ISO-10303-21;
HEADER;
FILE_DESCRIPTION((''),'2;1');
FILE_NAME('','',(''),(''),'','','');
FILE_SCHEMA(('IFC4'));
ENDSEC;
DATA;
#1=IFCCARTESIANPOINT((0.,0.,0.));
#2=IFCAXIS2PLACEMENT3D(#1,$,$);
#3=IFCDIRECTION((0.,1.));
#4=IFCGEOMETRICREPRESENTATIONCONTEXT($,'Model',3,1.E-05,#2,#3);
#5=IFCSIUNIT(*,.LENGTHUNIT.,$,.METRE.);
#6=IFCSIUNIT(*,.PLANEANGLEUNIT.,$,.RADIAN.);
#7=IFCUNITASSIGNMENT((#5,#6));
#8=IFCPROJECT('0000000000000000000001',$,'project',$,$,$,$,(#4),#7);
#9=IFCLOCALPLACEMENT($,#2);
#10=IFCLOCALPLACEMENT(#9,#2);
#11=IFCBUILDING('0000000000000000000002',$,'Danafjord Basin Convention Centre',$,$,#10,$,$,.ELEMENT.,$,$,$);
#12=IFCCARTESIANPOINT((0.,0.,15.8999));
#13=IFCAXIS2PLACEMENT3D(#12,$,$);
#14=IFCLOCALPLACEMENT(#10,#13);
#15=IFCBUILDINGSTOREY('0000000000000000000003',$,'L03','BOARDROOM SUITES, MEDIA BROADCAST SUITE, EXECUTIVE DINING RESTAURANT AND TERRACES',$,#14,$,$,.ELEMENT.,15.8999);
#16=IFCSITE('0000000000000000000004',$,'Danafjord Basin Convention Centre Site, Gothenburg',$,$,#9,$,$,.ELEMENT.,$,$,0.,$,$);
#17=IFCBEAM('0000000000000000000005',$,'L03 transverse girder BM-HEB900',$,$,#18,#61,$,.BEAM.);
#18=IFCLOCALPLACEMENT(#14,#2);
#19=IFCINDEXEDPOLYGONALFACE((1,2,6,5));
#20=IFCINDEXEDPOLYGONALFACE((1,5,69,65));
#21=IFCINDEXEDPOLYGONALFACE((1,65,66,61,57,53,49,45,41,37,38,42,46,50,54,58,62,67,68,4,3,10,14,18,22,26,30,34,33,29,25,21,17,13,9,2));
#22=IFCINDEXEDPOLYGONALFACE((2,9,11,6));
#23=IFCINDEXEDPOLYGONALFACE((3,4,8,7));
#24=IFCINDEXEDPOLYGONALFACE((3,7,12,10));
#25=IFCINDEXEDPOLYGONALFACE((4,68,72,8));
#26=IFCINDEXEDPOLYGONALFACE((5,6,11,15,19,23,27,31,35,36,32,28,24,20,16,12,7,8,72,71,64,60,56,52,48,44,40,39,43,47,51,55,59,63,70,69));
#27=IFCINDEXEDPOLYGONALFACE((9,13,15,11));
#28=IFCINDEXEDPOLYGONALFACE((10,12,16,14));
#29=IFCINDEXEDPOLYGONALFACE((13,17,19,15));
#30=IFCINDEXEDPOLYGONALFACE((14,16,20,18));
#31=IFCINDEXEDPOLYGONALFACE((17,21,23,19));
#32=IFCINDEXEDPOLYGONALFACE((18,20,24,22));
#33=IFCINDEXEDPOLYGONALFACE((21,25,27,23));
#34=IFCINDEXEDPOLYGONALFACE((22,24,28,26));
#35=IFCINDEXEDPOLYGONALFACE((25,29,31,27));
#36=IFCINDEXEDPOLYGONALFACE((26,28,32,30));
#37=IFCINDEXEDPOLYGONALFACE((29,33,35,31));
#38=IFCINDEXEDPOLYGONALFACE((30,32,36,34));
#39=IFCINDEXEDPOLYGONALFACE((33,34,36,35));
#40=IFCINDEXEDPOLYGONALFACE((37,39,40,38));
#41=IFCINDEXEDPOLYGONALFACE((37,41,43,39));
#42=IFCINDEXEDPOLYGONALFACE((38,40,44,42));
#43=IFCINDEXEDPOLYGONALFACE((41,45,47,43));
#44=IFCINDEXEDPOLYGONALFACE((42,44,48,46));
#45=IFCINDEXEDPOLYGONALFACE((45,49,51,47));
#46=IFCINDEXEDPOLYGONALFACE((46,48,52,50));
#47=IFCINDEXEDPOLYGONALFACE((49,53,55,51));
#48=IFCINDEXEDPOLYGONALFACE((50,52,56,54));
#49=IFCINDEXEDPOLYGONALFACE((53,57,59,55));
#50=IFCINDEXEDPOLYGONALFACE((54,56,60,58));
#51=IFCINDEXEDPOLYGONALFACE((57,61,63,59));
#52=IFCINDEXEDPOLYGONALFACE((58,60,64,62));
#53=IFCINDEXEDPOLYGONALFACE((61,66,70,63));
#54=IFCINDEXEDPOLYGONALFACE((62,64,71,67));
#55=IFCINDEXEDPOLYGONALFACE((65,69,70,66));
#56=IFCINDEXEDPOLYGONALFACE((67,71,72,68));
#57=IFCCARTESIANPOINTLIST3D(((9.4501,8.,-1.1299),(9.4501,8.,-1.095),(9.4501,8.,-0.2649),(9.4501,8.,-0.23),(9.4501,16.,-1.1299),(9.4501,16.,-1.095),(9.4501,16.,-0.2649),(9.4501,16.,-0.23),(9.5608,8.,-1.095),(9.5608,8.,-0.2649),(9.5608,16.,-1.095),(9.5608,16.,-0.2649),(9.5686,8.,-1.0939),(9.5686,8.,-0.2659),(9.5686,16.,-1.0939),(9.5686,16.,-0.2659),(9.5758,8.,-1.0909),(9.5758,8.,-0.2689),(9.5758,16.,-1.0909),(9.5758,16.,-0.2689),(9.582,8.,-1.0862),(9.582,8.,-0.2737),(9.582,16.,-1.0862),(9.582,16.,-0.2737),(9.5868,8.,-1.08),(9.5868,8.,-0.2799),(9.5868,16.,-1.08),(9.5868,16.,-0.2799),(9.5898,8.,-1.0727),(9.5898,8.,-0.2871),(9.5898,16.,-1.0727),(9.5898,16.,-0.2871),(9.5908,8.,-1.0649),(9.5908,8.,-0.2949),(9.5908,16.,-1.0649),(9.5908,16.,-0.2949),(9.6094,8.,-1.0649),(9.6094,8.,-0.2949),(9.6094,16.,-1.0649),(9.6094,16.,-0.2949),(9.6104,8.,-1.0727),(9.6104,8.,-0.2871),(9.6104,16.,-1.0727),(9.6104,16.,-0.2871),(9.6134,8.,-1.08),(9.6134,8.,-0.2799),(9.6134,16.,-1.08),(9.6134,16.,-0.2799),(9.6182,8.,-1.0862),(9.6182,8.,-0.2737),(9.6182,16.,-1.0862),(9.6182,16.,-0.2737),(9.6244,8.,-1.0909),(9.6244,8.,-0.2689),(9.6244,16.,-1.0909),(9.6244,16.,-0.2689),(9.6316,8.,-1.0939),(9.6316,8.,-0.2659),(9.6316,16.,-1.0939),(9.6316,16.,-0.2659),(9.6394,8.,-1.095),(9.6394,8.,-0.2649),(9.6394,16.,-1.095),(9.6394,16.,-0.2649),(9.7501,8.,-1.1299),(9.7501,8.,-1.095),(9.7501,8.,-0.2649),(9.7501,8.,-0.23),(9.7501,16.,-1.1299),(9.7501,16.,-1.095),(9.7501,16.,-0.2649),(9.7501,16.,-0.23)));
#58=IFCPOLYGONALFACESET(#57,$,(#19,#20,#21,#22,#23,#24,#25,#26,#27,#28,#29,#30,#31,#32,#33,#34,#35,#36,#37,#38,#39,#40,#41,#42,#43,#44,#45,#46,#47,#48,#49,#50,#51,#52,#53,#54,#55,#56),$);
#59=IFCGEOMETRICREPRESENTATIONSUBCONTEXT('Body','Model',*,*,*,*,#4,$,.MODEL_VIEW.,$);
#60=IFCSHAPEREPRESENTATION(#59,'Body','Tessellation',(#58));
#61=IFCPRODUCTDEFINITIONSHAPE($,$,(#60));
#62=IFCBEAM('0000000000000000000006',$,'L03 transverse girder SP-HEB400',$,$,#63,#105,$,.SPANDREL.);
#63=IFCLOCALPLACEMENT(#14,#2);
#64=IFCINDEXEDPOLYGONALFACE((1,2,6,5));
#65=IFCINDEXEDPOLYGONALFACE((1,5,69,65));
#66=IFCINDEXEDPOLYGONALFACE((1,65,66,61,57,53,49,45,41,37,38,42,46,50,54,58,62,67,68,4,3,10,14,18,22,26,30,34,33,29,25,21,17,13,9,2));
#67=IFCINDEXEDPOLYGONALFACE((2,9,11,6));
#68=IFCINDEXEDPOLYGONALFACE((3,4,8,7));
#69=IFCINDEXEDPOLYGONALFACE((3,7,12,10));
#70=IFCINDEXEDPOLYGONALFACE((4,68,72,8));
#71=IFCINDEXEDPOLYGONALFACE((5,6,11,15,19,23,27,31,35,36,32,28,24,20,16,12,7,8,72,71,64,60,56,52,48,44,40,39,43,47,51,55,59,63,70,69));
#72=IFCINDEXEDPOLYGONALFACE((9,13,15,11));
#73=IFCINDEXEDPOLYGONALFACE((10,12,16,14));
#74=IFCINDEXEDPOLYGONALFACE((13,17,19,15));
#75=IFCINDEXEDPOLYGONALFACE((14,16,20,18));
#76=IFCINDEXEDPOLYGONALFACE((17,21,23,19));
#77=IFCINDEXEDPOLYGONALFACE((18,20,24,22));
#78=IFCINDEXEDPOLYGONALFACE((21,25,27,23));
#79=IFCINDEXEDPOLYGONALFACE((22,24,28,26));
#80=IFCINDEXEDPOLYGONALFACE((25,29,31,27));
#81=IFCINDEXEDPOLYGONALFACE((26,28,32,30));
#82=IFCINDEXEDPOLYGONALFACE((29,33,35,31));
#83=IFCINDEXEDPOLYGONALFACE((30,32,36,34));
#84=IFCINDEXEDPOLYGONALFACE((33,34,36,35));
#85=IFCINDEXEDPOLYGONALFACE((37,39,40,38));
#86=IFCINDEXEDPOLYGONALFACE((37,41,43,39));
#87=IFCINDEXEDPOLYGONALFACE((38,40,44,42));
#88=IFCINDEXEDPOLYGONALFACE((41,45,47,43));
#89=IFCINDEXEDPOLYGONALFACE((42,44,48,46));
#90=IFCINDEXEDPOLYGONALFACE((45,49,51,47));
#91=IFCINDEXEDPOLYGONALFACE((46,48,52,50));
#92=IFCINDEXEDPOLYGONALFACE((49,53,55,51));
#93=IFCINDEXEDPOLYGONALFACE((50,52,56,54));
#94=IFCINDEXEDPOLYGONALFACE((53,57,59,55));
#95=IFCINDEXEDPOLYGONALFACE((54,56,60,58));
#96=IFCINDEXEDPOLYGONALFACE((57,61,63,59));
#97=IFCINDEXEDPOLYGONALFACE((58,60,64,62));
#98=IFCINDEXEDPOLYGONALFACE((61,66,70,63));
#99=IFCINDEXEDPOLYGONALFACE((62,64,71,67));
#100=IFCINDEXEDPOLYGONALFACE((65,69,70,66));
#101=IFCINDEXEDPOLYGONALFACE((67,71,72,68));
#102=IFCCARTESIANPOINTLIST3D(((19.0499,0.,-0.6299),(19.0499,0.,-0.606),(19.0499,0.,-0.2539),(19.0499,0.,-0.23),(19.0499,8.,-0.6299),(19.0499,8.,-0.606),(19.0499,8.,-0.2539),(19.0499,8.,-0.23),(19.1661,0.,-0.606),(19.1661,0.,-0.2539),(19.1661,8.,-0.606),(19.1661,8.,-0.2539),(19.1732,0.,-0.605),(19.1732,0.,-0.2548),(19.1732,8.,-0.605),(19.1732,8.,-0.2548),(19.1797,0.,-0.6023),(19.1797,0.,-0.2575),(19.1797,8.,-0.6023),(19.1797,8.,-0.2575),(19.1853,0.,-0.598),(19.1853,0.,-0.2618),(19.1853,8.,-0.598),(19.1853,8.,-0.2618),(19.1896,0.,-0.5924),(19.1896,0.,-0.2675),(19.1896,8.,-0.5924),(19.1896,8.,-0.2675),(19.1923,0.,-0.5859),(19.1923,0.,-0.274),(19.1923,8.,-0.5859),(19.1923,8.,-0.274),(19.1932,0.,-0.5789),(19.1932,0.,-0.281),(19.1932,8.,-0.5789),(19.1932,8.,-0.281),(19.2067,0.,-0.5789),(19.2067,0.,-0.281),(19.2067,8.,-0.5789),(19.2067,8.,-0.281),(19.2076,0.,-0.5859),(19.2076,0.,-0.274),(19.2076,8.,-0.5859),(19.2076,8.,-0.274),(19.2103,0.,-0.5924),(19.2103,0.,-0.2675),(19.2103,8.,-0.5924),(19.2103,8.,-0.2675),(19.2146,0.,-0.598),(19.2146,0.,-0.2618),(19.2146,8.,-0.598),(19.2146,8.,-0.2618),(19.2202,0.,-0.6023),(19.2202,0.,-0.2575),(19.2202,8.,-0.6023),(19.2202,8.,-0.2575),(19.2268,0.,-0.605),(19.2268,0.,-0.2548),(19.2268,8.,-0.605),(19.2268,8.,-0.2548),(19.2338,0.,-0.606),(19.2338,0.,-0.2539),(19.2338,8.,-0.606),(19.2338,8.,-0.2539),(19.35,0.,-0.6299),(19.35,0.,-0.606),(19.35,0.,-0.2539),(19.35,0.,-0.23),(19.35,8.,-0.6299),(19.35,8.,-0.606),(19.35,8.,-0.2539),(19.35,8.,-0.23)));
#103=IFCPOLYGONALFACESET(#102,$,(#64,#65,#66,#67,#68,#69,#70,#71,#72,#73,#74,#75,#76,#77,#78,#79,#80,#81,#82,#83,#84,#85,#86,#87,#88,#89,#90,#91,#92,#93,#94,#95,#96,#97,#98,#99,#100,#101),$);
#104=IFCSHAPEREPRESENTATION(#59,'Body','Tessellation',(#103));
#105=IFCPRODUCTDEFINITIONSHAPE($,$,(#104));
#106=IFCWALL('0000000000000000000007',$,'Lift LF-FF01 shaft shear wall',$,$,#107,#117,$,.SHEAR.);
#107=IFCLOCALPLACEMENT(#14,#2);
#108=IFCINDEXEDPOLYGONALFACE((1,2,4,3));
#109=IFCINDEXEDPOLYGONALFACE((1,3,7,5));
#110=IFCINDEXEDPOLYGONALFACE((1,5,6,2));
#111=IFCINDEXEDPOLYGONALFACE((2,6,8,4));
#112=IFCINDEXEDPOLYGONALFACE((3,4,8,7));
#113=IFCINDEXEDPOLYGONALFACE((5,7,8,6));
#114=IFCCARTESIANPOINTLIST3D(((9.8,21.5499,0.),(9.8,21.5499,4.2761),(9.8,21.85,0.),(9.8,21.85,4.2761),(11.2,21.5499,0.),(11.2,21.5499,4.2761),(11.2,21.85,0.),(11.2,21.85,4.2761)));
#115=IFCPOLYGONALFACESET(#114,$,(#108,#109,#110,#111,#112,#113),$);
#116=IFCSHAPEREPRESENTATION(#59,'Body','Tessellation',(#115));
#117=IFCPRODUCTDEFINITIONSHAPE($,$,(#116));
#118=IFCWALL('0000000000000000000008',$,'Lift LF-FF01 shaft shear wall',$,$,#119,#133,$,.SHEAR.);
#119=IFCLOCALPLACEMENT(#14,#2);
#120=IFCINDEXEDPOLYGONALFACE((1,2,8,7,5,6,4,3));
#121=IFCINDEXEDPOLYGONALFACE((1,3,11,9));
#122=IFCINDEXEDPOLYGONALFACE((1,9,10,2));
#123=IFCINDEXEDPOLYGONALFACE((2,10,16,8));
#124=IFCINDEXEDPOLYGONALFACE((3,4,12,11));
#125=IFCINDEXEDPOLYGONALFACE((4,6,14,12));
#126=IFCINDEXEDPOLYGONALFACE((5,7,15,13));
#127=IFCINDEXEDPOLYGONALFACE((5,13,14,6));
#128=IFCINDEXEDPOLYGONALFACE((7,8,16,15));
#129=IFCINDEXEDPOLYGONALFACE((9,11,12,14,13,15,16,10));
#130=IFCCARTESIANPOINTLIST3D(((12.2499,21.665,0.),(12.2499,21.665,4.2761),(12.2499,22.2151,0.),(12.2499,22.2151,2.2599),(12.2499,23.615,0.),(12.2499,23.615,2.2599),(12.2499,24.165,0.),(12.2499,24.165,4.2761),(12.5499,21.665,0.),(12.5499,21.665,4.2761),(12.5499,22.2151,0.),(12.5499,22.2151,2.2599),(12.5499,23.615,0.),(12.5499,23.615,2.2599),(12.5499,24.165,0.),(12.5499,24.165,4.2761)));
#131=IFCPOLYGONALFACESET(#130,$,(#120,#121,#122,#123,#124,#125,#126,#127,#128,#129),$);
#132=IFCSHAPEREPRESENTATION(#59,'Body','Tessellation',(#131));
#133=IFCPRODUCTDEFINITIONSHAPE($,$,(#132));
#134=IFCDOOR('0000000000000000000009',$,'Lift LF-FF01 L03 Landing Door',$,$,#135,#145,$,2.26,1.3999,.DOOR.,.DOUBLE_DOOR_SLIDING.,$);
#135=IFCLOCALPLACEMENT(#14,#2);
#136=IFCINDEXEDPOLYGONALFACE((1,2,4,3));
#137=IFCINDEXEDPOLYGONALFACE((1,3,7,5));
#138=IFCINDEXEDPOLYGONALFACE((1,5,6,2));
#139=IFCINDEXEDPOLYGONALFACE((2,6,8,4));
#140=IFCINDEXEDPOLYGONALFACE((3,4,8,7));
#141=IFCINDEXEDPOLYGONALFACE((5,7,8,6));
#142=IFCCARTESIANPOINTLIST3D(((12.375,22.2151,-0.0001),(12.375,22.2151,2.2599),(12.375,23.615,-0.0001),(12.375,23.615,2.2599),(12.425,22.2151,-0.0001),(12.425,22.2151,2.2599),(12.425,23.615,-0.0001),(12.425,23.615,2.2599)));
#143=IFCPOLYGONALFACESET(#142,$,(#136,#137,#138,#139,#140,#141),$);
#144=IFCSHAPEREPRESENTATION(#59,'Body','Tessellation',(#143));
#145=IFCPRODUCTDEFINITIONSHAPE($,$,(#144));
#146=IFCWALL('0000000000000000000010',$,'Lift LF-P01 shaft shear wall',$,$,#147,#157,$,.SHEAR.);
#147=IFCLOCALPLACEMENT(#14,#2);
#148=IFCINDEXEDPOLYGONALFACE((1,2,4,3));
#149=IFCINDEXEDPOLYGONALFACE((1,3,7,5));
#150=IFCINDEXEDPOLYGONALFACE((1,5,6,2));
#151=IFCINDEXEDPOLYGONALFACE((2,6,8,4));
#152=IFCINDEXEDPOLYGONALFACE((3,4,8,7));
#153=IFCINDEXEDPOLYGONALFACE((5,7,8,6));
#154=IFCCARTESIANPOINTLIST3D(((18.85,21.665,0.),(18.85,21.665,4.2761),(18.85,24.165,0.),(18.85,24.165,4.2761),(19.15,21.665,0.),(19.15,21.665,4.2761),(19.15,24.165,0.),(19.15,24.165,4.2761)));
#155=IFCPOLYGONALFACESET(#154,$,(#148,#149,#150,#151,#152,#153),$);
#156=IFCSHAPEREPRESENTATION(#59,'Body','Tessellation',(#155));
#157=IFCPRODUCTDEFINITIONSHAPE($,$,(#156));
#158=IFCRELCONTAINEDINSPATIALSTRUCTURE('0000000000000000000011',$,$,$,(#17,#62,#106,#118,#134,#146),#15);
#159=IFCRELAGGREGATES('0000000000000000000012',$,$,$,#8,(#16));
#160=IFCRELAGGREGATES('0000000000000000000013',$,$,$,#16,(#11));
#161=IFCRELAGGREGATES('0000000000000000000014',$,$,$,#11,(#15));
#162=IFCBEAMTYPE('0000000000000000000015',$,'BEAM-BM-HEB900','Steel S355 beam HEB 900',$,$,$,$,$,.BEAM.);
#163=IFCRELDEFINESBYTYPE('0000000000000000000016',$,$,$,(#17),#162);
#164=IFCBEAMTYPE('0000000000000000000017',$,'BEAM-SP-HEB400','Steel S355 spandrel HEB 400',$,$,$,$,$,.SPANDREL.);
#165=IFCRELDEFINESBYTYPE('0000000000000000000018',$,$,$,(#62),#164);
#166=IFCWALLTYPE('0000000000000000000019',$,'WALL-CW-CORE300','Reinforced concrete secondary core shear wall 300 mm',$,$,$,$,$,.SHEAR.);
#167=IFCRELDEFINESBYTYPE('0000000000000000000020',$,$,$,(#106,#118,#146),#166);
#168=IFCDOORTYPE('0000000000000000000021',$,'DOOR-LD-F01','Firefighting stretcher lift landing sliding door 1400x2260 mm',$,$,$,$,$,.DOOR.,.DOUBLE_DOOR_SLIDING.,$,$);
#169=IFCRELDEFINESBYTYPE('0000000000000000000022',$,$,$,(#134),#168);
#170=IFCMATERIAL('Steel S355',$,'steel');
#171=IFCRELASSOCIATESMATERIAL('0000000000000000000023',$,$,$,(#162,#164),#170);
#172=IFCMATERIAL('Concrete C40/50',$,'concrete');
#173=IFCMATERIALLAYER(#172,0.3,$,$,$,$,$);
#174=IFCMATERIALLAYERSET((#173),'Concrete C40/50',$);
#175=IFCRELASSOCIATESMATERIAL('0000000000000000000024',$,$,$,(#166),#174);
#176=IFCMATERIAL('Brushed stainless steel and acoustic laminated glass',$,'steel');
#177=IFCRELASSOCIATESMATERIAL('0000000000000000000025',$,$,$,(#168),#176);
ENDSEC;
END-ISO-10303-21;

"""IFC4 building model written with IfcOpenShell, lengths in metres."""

from ifc_helpers import new_model, si_unit, direction, frame, frame_2d, origin, origin_2d, place, context, subcontext, project, spatial, rectangle, i_section, extrude, material, layer, layer_set, material_profile, profile_set, type_object, element, fill, save


model = new_model("IFC4")

# Units and contexts
model_context = context("Model", 3, precision=1e-05, world=origin(), true_north=direction((0.0, 1.0)))
body_context = subcontext(model_context, "Body", "Model", "MODEL_VIEW")
ifc_project = project(units=[si_unit("LENGTHUNIT", "METRE"), si_unit("PLANEANGLEUNIT", "RADIAN")], contexts=[model_context])

# Site, building, storey
site_placement = place(None, origin())
site = spatial("IfcSite", under=ifc_project, at=site_placement, Name="Danafjord Basin Convention Centre Site, Gothenburg", CompositionType="ELEMENT", RefElevation=0.0)
building_placement = place(site_placement, origin())
building = spatial("IfcBuilding", under=site, at=building_placement, Name="Danafjord Basin Convention Centre", CompositionType="ELEMENT")
storey_placement = place(building_placement, frame((0.0, 0.0, 15.8999)))
storey = spatial("IfcBuildingStorey", under=building, at=storey_placement, Name="L03", Description="BOARDROOM SUITES, MEDIA BROADCAST SUITE, EXECUTIVE DINING RESTAURANT AND TERRACES", CompositionType="ELEMENT", Elevation=15.8999)

# Shared definitions
ifc_material_1 = material(Name="Steel S355", Category="steel")

# Beams
ifc_material_profile_1 = material_profile(ifc_material_1, i_section(OverallWidth=0.3, OverallDepth=0.8999, WebThickness=0.0186, FlangeThickness=0.0349, FilletRadius=0.03, at=origin_2d()), Name="HEB 900")
ifc_profile_set_1 = profile_set([ifc_material_profile_1], Name="Steel S355")
beam_type_1 = type_object("IfcBeamType", Name="BEAM-BM-HEB900", Description="Steel S355 beam HEB 900", PredefinedType="BEAM", material=ifc_profile_set_1)
beam_1_placement = place(storey_placement, frame((9.6001, 8.0, -0.6799), z_axis=(0.0, 1.0, 0.0), x_axis=(-1.0, 0.0, 0.0)))
element("IfcBeam", 1, at=beam_1_placement, inside=storey, type_object=beam_type_1, Name="L03 transverse girder BM-HEB900", PredefinedType="BEAM", context=body_context, shape_type="SweptSolid", body=[
    extrude(i_section(OverallWidth=0.3, OverallDepth=0.8999, WebThickness=0.0186, FlangeThickness=0.0349, FilletRadius=0.03, at=origin_2d()), origin(), (0.0, 0.0, 1.0), 8.0),
])
ifc_material_profile_2 = material_profile(ifc_material_1, i_section(OverallWidth=0.3, OverallDepth=0.3999, WebThickness=0.0134, FlangeThickness=0.0239, FilletRadius=0.0271, at=origin_2d()), Name="HEB 400")
ifc_profile_set_2 = profile_set([ifc_material_profile_2], Name="Steel S355")
beam_type_2 = type_object("IfcBeamType", Name="BEAM-SP-HEB400", Description="Steel S355 spandrel HEB 400", PredefinedType="SPANDREL", material=ifc_profile_set_2)
beam_2_placement = place(storey_placement, frame((19.2, 0.0, -0.4299), z_axis=(0.0, 1.0, 0.0), x_axis=(-1.0, 0.0, 0.0)))
element("IfcBeam", 2, at=beam_2_placement, inside=storey, type_object=beam_type_2, Name="L03 transverse girder SP-HEB400", PredefinedType="SPANDREL", context=body_context, shape_type="SweptSolid", body=[
    extrude(i_section(OverallWidth=0.3, OverallDepth=0.3999, WebThickness=0.0134, FlangeThickness=0.0239, FilletRadius=0.0271, at=origin_2d()), origin(), (0.0, 0.0, 1.0), 8.0),
])

# Wall
ifc_material_2 = material(Name="Concrete C40/50", Category="concrete")
ifc_layer_1 = layer(ifc_material_2, 0.3)
ifc_layer_set_1 = layer_set([ifc_layer_1], Name="Concrete C40/50")
wall_type_1 = type_object("IfcWallType", Name="WALL-CW-CORE300", Description="Reinforced concrete secondary core shear wall 300 mm", PredefinedType="SHEAR", material=ifc_layer_set_1)
wall_1_placement = place(storey_placement, frame((9.8, 21.7, 0.0), z_axis=(0.0, 0.0, 1.0), x_axis=(1.0, 0.0, 0.0)))
element("IfcWall", 3, at=wall_1_placement, inside=storey, type_object=wall_type_1, Name="Lift LF-FF01 shaft shear wall", PredefinedType="SHEAR", context=body_context, shape_type="SweptSolid", body=[
    extrude(rectangle(XDim=1.3999, YDim=0.3, at=frame_2d((0.7, 0.0))), origin(), (0.0, 0.0, 1.0), 4.2761),
])

# Wall, opening, door
wall_2_placement = place(storey_placement, frame((12.3999, 21.665, 0.0), z_axis=(0.0, 0.0, 1.0), x_axis=(0.0, 1.0, 0.0)))
wall_2 = element("IfcWall", 4, at=wall_2_placement, inside=storey, type_object=wall_type_1, Name="Lift LF-FF01 shaft shear wall", PredefinedType="SHEAR", context=body_context, shape_type="SweptSolid", body=[
    extrude(rectangle(XDim=2.5, YDim=0.3, at=frame_2d((1.25, 0.0))), origin(), (0.0, 0.0, 1.0), 4.2761),
])
opening_1_placement = place(wall_2_placement, frame((0.55, 0.0, 0.0)))
opening_1 = element("IfcOpeningElement", 5, at=opening_1_placement, cuts=wall_2, PredefinedType="OPENING", context=body_context, shape_type="SweptSolid", body=[
    extrude(rectangle(XDim=1.3999, YDim=2.26, at=frame_2d((0.7, 1.1299))), frame((0.0, 0.1599, 0.0), z_axis=(0.0, -1.0, 0.0), x_axis=(1.0, 0.0, 0.0)), (0.0, 0.0, 1.0), 0.3201),
])
ifc_material_3 = material(Name="Brushed stainless steel and acoustic laminated glass", Category="steel")
door_type_1 = type_object("IfcDoorType", Name="DOOR-LD-F01", Description="Firefighting stretcher lift landing sliding door 1400x2260 mm", OperationType="DOUBLE_DOOR_SLIDING", PredefinedType="DOOR", material=ifc_material_3)
door_1_placement = place(opening_1_placement, origin())
door_1 = element("IfcDoor", 6, at=door_1_placement, inside=storey, type_object=door_type_1, Name="Lift LF-FF01 L03 Landing Door", OperationType="DOUBLE_DOOR_SLIDING", OverallHeight=2.26, OverallWidth=1.3999, PredefinedType="DOOR", context=body_context, shape_type="SweptSolid", body=[
    extrude(rectangle(XDim=1.3999, YDim=2.26, at=frame_2d((0.7, 1.1299))), frame((0.0, 0.0249, 0.0), z_axis=(0.0, -1.0, 0.0), x_axis=(1.0, 0.0, 0.0)), (0.0, 0.0, 1.0), 0.05),
])
fill(opening_1, door_1)

# Wall
wall_3_placement = place(storey_placement, frame((19.0, 21.665, 0.0), z_axis=(0.0, 0.0, 1.0), x_axis=(0.0, 1.0, 0.0)))
element("IfcWall", 7, at=wall_3_placement, inside=storey, type_object=wall_type_1, Name="Lift LF-P01 shaft shear wall", PredefinedType="SHEAR", context=body_context, shape_type="SweptSolid", body=[
    extrude(rectangle(XDim=2.5, YDim=0.3, at=frame_2d((1.25, 0.0))), origin(), (0.0, 0.0, 1.0), 4.2761),
])

save(model, "model.ifc")
